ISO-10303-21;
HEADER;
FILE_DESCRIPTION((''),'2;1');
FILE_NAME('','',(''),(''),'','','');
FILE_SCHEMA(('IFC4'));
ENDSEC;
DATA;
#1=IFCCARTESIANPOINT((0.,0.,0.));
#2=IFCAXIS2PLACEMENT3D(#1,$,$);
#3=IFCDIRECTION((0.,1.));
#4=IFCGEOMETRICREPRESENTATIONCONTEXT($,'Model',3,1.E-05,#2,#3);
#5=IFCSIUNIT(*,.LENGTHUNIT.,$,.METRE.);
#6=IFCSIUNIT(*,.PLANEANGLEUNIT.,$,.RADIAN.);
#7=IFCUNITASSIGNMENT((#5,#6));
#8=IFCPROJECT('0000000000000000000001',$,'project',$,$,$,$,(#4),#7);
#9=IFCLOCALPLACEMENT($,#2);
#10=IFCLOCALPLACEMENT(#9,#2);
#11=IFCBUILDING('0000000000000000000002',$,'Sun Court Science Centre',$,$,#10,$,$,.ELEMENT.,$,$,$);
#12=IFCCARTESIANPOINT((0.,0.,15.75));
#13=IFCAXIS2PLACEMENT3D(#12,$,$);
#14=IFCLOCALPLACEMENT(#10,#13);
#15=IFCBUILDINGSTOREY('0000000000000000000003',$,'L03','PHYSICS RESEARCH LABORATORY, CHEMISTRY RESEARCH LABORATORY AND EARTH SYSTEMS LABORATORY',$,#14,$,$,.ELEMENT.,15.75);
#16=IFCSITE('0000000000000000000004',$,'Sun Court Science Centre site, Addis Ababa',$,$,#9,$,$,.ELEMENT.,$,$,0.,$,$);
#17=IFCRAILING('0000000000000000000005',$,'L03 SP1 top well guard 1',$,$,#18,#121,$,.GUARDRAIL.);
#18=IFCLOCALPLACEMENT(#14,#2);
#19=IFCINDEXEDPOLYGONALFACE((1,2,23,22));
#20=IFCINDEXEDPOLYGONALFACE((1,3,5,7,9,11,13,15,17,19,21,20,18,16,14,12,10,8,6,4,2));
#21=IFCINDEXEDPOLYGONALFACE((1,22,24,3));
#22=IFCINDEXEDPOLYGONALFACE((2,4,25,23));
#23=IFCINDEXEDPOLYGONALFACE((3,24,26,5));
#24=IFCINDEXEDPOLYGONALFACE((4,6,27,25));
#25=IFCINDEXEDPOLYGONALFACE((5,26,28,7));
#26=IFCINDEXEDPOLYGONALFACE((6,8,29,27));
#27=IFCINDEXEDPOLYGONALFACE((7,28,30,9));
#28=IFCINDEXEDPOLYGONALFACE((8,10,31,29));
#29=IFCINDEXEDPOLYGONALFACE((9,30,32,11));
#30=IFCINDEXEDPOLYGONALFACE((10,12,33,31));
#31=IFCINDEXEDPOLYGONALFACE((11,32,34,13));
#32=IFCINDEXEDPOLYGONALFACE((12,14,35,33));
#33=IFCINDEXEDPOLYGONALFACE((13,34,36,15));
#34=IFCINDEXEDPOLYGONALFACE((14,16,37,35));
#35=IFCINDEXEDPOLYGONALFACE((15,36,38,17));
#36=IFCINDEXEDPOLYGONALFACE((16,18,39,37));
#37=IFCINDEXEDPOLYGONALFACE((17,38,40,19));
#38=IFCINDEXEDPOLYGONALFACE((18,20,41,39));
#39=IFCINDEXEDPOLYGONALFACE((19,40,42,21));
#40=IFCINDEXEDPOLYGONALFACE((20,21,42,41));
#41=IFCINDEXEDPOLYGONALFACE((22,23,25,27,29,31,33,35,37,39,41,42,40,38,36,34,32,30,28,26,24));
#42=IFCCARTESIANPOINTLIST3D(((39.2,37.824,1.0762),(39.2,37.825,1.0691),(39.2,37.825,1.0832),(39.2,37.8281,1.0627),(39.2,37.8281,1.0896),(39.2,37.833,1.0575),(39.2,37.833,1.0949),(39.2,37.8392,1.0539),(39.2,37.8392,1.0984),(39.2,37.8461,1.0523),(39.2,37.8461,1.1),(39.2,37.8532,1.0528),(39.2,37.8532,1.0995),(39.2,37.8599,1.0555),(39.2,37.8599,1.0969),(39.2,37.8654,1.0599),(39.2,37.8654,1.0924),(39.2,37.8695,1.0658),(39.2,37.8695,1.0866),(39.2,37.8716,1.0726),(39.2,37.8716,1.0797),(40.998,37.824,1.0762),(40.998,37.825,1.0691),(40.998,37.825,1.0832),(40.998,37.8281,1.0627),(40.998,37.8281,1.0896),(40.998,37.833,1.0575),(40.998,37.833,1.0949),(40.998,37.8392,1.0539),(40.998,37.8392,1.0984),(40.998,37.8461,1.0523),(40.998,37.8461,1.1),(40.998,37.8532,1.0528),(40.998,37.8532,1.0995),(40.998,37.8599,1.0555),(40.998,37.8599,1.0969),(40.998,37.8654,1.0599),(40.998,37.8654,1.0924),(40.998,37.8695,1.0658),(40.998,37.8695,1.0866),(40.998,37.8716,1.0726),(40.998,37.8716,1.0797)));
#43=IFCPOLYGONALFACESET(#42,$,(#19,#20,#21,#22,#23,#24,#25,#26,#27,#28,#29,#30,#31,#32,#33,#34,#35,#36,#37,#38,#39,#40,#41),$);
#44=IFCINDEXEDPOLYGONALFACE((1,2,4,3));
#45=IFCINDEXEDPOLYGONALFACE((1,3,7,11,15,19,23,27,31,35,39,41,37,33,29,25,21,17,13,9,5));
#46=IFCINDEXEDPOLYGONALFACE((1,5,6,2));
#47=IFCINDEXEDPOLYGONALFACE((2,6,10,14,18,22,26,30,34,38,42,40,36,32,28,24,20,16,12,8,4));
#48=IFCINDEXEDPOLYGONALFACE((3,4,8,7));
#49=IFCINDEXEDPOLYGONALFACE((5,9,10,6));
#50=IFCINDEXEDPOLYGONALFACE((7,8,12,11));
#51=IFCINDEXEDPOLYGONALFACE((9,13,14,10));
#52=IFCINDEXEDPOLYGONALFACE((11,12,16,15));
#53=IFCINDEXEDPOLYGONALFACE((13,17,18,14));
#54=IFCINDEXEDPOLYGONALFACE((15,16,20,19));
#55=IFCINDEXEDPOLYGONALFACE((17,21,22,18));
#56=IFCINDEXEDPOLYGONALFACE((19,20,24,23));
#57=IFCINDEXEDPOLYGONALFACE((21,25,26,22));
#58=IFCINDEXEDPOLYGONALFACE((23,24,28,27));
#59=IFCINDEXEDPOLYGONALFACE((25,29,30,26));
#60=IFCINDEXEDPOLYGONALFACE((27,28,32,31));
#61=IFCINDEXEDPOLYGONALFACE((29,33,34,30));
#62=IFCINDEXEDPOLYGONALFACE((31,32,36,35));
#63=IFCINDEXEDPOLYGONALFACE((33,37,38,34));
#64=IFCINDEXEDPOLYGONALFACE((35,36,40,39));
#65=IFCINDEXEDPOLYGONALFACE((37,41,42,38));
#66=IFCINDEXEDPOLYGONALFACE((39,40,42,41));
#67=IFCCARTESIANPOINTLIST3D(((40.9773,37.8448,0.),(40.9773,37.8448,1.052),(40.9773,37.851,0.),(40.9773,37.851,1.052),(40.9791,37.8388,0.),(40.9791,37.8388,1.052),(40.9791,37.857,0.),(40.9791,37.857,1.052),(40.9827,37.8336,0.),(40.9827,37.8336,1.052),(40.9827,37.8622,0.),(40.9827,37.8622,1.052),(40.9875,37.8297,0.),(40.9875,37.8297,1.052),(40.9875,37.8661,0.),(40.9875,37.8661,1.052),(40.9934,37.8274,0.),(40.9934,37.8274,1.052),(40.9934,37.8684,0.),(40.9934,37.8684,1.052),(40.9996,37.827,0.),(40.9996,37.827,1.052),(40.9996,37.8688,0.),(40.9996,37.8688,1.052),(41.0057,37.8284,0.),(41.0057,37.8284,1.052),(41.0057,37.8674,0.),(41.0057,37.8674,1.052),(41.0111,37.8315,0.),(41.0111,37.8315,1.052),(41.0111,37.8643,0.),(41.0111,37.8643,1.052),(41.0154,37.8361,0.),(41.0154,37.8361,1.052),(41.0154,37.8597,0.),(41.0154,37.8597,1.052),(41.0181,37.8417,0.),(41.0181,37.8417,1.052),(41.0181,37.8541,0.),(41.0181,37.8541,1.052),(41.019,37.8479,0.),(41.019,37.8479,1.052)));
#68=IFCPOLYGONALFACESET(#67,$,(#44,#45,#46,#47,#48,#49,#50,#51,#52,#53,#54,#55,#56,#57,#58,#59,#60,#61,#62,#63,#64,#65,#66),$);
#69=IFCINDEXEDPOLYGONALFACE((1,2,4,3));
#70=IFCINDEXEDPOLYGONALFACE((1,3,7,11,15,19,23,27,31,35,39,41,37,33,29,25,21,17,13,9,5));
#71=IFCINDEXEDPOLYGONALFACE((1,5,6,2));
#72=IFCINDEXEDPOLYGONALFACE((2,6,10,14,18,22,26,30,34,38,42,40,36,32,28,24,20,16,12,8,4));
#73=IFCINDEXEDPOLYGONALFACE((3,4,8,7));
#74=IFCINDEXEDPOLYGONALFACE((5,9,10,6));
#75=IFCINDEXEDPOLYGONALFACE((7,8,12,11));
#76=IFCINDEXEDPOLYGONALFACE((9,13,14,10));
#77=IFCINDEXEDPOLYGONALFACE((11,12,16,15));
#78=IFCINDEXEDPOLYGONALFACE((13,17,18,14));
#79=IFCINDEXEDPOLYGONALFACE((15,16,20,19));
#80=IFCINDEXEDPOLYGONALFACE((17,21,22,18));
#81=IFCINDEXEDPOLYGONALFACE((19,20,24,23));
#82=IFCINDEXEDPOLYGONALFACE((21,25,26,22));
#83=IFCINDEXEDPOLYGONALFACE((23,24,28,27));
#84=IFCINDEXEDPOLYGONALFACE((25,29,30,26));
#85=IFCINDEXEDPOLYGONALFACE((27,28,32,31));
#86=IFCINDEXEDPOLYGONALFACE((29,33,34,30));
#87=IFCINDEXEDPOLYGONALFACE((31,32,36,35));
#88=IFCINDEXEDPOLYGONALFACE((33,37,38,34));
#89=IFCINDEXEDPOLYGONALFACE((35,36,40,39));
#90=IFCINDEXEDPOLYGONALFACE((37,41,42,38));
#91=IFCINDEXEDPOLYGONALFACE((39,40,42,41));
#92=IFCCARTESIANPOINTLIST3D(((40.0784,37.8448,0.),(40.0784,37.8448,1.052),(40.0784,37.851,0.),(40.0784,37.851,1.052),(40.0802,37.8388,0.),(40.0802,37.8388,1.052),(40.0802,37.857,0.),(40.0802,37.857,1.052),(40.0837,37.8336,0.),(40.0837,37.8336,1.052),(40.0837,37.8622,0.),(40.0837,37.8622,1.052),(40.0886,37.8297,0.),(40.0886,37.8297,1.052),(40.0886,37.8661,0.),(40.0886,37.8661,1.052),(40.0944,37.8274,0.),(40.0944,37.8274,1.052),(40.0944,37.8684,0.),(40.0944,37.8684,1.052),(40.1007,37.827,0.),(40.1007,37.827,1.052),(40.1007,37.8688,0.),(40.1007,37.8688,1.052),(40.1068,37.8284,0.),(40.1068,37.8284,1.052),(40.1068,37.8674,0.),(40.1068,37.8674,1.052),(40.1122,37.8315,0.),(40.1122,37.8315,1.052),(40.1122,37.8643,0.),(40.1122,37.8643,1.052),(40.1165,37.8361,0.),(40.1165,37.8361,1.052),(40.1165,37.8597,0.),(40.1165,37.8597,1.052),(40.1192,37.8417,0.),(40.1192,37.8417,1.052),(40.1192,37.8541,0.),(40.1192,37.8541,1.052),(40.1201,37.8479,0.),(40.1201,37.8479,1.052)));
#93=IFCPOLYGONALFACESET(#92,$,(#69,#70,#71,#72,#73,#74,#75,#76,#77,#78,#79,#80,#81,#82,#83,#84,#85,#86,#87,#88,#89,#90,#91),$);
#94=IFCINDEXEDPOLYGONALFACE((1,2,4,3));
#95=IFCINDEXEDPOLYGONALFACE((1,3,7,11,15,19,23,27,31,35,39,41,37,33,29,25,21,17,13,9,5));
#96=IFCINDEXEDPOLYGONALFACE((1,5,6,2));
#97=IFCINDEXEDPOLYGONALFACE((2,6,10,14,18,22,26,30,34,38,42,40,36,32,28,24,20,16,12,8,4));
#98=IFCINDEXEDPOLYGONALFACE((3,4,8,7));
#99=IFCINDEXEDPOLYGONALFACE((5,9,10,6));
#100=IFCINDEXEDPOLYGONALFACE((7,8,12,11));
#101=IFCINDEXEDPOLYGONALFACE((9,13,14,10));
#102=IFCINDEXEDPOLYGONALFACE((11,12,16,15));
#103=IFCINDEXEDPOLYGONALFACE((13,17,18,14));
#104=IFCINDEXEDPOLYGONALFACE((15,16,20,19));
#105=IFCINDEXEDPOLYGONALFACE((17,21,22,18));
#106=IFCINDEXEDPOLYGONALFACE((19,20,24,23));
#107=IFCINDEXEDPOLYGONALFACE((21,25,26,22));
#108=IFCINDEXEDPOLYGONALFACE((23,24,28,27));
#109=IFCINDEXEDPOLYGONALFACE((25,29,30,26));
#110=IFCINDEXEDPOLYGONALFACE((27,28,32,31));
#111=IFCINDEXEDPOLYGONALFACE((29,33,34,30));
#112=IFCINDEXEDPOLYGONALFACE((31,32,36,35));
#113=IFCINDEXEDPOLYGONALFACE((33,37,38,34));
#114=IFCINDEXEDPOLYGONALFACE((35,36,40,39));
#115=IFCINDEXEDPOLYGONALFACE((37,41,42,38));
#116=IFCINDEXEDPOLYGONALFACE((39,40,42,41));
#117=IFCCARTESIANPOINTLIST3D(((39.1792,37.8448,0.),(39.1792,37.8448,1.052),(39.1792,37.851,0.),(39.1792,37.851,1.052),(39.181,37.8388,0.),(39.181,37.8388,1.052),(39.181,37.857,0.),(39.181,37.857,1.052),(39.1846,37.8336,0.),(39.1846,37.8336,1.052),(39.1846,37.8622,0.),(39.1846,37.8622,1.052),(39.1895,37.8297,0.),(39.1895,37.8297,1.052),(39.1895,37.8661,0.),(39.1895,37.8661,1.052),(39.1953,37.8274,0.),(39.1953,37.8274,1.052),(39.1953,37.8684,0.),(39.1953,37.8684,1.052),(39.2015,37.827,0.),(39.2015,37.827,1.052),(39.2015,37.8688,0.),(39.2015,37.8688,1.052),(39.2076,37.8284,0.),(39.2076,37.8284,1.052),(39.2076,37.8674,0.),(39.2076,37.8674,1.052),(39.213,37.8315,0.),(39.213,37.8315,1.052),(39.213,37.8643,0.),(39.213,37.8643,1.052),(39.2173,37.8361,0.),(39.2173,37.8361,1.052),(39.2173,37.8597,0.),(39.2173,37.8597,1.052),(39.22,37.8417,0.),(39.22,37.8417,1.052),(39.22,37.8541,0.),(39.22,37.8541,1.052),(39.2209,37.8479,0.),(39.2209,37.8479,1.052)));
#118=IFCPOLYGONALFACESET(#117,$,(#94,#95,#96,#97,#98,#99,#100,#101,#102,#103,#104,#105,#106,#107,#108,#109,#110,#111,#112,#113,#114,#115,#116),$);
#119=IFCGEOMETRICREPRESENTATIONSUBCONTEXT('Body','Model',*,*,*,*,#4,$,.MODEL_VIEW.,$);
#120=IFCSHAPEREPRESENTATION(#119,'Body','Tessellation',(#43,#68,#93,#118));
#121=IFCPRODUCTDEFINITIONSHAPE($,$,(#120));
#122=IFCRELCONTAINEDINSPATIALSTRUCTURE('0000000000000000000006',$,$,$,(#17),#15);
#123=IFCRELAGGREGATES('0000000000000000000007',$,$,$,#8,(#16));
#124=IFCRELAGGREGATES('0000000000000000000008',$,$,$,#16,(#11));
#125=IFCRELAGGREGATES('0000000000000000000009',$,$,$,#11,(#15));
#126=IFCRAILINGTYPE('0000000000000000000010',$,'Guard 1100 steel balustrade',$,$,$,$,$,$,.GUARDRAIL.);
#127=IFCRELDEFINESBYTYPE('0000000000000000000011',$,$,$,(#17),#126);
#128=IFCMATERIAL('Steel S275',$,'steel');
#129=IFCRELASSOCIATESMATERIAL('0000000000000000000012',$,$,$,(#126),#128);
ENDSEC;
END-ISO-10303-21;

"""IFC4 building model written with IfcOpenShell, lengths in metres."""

from ifc_helpers import new_model, si_unit, direction, frame, origin, origin_2d, place, context, subcontext, project, spatial, circle, extrude, material, type_object, element, save


model = new_model("IFC4")

# Units and contexts
model_context = context("Model", 3, precision=1e-05, world=origin(), true_north=direction((0.0, 1.0)))
body_context = subcontext(model_context, "Body", "Model", "MODEL_VIEW")
ifc_project = project(units=[si_unit("LENGTHUNIT", "METRE"), si_unit("PLANEANGLEUNIT", "RADIAN")], contexts=[model_context])

# Site, building, storey
site_placement = place(None, origin())
site = spatial("IfcSite", under=ifc_project, at=site_placement, Name="Sun Court Science Centre site, Addis Ababa", CompositionType="ELEMENT", RefElevation=0.0)
building_placement = place(site_placement, origin())
building = spatial("IfcBuilding", under=site, at=building_placement, Name="Sun Court Science Centre", CompositionType="ELEMENT")
storey_placement = place(building_placement, frame((0.0, 0.0, 15.75)))
storey = spatial("IfcBuildingStorey", under=building, at=storey_placement, Name="L03", Description="PHYSICS RESEARCH LABORATORY, CHEMISTRY RESEARCH LABORATORY AND EARTH SYSTEMS LABORATORY", CompositionType="ELEMENT", Elevation=15.75)

# Railing
ifc_material_1 = material(Name="Steel S275", Category="steel")
railing_type = type_object("IfcRailingType", Name="Guard 1100 steel balustrade", PredefinedType="GUARDRAIL", material=ifc_material_1)
railing_placement = place(storey_placement, frame((40.998, 37.8479, 0.0)))
element("IfcRailing", 1, at=railing_placement, inside=storey, type_object=railing_type, Name="L03 SP1 top well guard 1", PredefinedType="GUARDRAIL", context=body_context, shape_type="SweptSolid", body=[
    extrude(circle(Radius=0.0239, at=origin_2d()), frame((0.0, 0.0, 1.0762), z_axis=(-1.0, 0.0, 0.0), x_axis=(0.0, -1.0, 0.0)), (0.0, 0.0, 1.0), 1.7981),
    extrude(circle(Radius=0.021, at=origin_2d()), origin(), (0.0, 0.0, 1.0), 1.052),
    extrude(circle(Radius=0.021, at=origin_2d()), frame((-0.8989, 0.0, 0.0)), (0.0, 0.0, 1.0), 1.052),
    extrude(circle(Radius=0.021, at=origin_2d()), frame((-1.7981, 0.0, 0.0)), (0.0, 0.0, 1.0), 1.052),
])

save(model, "model.ifc")
